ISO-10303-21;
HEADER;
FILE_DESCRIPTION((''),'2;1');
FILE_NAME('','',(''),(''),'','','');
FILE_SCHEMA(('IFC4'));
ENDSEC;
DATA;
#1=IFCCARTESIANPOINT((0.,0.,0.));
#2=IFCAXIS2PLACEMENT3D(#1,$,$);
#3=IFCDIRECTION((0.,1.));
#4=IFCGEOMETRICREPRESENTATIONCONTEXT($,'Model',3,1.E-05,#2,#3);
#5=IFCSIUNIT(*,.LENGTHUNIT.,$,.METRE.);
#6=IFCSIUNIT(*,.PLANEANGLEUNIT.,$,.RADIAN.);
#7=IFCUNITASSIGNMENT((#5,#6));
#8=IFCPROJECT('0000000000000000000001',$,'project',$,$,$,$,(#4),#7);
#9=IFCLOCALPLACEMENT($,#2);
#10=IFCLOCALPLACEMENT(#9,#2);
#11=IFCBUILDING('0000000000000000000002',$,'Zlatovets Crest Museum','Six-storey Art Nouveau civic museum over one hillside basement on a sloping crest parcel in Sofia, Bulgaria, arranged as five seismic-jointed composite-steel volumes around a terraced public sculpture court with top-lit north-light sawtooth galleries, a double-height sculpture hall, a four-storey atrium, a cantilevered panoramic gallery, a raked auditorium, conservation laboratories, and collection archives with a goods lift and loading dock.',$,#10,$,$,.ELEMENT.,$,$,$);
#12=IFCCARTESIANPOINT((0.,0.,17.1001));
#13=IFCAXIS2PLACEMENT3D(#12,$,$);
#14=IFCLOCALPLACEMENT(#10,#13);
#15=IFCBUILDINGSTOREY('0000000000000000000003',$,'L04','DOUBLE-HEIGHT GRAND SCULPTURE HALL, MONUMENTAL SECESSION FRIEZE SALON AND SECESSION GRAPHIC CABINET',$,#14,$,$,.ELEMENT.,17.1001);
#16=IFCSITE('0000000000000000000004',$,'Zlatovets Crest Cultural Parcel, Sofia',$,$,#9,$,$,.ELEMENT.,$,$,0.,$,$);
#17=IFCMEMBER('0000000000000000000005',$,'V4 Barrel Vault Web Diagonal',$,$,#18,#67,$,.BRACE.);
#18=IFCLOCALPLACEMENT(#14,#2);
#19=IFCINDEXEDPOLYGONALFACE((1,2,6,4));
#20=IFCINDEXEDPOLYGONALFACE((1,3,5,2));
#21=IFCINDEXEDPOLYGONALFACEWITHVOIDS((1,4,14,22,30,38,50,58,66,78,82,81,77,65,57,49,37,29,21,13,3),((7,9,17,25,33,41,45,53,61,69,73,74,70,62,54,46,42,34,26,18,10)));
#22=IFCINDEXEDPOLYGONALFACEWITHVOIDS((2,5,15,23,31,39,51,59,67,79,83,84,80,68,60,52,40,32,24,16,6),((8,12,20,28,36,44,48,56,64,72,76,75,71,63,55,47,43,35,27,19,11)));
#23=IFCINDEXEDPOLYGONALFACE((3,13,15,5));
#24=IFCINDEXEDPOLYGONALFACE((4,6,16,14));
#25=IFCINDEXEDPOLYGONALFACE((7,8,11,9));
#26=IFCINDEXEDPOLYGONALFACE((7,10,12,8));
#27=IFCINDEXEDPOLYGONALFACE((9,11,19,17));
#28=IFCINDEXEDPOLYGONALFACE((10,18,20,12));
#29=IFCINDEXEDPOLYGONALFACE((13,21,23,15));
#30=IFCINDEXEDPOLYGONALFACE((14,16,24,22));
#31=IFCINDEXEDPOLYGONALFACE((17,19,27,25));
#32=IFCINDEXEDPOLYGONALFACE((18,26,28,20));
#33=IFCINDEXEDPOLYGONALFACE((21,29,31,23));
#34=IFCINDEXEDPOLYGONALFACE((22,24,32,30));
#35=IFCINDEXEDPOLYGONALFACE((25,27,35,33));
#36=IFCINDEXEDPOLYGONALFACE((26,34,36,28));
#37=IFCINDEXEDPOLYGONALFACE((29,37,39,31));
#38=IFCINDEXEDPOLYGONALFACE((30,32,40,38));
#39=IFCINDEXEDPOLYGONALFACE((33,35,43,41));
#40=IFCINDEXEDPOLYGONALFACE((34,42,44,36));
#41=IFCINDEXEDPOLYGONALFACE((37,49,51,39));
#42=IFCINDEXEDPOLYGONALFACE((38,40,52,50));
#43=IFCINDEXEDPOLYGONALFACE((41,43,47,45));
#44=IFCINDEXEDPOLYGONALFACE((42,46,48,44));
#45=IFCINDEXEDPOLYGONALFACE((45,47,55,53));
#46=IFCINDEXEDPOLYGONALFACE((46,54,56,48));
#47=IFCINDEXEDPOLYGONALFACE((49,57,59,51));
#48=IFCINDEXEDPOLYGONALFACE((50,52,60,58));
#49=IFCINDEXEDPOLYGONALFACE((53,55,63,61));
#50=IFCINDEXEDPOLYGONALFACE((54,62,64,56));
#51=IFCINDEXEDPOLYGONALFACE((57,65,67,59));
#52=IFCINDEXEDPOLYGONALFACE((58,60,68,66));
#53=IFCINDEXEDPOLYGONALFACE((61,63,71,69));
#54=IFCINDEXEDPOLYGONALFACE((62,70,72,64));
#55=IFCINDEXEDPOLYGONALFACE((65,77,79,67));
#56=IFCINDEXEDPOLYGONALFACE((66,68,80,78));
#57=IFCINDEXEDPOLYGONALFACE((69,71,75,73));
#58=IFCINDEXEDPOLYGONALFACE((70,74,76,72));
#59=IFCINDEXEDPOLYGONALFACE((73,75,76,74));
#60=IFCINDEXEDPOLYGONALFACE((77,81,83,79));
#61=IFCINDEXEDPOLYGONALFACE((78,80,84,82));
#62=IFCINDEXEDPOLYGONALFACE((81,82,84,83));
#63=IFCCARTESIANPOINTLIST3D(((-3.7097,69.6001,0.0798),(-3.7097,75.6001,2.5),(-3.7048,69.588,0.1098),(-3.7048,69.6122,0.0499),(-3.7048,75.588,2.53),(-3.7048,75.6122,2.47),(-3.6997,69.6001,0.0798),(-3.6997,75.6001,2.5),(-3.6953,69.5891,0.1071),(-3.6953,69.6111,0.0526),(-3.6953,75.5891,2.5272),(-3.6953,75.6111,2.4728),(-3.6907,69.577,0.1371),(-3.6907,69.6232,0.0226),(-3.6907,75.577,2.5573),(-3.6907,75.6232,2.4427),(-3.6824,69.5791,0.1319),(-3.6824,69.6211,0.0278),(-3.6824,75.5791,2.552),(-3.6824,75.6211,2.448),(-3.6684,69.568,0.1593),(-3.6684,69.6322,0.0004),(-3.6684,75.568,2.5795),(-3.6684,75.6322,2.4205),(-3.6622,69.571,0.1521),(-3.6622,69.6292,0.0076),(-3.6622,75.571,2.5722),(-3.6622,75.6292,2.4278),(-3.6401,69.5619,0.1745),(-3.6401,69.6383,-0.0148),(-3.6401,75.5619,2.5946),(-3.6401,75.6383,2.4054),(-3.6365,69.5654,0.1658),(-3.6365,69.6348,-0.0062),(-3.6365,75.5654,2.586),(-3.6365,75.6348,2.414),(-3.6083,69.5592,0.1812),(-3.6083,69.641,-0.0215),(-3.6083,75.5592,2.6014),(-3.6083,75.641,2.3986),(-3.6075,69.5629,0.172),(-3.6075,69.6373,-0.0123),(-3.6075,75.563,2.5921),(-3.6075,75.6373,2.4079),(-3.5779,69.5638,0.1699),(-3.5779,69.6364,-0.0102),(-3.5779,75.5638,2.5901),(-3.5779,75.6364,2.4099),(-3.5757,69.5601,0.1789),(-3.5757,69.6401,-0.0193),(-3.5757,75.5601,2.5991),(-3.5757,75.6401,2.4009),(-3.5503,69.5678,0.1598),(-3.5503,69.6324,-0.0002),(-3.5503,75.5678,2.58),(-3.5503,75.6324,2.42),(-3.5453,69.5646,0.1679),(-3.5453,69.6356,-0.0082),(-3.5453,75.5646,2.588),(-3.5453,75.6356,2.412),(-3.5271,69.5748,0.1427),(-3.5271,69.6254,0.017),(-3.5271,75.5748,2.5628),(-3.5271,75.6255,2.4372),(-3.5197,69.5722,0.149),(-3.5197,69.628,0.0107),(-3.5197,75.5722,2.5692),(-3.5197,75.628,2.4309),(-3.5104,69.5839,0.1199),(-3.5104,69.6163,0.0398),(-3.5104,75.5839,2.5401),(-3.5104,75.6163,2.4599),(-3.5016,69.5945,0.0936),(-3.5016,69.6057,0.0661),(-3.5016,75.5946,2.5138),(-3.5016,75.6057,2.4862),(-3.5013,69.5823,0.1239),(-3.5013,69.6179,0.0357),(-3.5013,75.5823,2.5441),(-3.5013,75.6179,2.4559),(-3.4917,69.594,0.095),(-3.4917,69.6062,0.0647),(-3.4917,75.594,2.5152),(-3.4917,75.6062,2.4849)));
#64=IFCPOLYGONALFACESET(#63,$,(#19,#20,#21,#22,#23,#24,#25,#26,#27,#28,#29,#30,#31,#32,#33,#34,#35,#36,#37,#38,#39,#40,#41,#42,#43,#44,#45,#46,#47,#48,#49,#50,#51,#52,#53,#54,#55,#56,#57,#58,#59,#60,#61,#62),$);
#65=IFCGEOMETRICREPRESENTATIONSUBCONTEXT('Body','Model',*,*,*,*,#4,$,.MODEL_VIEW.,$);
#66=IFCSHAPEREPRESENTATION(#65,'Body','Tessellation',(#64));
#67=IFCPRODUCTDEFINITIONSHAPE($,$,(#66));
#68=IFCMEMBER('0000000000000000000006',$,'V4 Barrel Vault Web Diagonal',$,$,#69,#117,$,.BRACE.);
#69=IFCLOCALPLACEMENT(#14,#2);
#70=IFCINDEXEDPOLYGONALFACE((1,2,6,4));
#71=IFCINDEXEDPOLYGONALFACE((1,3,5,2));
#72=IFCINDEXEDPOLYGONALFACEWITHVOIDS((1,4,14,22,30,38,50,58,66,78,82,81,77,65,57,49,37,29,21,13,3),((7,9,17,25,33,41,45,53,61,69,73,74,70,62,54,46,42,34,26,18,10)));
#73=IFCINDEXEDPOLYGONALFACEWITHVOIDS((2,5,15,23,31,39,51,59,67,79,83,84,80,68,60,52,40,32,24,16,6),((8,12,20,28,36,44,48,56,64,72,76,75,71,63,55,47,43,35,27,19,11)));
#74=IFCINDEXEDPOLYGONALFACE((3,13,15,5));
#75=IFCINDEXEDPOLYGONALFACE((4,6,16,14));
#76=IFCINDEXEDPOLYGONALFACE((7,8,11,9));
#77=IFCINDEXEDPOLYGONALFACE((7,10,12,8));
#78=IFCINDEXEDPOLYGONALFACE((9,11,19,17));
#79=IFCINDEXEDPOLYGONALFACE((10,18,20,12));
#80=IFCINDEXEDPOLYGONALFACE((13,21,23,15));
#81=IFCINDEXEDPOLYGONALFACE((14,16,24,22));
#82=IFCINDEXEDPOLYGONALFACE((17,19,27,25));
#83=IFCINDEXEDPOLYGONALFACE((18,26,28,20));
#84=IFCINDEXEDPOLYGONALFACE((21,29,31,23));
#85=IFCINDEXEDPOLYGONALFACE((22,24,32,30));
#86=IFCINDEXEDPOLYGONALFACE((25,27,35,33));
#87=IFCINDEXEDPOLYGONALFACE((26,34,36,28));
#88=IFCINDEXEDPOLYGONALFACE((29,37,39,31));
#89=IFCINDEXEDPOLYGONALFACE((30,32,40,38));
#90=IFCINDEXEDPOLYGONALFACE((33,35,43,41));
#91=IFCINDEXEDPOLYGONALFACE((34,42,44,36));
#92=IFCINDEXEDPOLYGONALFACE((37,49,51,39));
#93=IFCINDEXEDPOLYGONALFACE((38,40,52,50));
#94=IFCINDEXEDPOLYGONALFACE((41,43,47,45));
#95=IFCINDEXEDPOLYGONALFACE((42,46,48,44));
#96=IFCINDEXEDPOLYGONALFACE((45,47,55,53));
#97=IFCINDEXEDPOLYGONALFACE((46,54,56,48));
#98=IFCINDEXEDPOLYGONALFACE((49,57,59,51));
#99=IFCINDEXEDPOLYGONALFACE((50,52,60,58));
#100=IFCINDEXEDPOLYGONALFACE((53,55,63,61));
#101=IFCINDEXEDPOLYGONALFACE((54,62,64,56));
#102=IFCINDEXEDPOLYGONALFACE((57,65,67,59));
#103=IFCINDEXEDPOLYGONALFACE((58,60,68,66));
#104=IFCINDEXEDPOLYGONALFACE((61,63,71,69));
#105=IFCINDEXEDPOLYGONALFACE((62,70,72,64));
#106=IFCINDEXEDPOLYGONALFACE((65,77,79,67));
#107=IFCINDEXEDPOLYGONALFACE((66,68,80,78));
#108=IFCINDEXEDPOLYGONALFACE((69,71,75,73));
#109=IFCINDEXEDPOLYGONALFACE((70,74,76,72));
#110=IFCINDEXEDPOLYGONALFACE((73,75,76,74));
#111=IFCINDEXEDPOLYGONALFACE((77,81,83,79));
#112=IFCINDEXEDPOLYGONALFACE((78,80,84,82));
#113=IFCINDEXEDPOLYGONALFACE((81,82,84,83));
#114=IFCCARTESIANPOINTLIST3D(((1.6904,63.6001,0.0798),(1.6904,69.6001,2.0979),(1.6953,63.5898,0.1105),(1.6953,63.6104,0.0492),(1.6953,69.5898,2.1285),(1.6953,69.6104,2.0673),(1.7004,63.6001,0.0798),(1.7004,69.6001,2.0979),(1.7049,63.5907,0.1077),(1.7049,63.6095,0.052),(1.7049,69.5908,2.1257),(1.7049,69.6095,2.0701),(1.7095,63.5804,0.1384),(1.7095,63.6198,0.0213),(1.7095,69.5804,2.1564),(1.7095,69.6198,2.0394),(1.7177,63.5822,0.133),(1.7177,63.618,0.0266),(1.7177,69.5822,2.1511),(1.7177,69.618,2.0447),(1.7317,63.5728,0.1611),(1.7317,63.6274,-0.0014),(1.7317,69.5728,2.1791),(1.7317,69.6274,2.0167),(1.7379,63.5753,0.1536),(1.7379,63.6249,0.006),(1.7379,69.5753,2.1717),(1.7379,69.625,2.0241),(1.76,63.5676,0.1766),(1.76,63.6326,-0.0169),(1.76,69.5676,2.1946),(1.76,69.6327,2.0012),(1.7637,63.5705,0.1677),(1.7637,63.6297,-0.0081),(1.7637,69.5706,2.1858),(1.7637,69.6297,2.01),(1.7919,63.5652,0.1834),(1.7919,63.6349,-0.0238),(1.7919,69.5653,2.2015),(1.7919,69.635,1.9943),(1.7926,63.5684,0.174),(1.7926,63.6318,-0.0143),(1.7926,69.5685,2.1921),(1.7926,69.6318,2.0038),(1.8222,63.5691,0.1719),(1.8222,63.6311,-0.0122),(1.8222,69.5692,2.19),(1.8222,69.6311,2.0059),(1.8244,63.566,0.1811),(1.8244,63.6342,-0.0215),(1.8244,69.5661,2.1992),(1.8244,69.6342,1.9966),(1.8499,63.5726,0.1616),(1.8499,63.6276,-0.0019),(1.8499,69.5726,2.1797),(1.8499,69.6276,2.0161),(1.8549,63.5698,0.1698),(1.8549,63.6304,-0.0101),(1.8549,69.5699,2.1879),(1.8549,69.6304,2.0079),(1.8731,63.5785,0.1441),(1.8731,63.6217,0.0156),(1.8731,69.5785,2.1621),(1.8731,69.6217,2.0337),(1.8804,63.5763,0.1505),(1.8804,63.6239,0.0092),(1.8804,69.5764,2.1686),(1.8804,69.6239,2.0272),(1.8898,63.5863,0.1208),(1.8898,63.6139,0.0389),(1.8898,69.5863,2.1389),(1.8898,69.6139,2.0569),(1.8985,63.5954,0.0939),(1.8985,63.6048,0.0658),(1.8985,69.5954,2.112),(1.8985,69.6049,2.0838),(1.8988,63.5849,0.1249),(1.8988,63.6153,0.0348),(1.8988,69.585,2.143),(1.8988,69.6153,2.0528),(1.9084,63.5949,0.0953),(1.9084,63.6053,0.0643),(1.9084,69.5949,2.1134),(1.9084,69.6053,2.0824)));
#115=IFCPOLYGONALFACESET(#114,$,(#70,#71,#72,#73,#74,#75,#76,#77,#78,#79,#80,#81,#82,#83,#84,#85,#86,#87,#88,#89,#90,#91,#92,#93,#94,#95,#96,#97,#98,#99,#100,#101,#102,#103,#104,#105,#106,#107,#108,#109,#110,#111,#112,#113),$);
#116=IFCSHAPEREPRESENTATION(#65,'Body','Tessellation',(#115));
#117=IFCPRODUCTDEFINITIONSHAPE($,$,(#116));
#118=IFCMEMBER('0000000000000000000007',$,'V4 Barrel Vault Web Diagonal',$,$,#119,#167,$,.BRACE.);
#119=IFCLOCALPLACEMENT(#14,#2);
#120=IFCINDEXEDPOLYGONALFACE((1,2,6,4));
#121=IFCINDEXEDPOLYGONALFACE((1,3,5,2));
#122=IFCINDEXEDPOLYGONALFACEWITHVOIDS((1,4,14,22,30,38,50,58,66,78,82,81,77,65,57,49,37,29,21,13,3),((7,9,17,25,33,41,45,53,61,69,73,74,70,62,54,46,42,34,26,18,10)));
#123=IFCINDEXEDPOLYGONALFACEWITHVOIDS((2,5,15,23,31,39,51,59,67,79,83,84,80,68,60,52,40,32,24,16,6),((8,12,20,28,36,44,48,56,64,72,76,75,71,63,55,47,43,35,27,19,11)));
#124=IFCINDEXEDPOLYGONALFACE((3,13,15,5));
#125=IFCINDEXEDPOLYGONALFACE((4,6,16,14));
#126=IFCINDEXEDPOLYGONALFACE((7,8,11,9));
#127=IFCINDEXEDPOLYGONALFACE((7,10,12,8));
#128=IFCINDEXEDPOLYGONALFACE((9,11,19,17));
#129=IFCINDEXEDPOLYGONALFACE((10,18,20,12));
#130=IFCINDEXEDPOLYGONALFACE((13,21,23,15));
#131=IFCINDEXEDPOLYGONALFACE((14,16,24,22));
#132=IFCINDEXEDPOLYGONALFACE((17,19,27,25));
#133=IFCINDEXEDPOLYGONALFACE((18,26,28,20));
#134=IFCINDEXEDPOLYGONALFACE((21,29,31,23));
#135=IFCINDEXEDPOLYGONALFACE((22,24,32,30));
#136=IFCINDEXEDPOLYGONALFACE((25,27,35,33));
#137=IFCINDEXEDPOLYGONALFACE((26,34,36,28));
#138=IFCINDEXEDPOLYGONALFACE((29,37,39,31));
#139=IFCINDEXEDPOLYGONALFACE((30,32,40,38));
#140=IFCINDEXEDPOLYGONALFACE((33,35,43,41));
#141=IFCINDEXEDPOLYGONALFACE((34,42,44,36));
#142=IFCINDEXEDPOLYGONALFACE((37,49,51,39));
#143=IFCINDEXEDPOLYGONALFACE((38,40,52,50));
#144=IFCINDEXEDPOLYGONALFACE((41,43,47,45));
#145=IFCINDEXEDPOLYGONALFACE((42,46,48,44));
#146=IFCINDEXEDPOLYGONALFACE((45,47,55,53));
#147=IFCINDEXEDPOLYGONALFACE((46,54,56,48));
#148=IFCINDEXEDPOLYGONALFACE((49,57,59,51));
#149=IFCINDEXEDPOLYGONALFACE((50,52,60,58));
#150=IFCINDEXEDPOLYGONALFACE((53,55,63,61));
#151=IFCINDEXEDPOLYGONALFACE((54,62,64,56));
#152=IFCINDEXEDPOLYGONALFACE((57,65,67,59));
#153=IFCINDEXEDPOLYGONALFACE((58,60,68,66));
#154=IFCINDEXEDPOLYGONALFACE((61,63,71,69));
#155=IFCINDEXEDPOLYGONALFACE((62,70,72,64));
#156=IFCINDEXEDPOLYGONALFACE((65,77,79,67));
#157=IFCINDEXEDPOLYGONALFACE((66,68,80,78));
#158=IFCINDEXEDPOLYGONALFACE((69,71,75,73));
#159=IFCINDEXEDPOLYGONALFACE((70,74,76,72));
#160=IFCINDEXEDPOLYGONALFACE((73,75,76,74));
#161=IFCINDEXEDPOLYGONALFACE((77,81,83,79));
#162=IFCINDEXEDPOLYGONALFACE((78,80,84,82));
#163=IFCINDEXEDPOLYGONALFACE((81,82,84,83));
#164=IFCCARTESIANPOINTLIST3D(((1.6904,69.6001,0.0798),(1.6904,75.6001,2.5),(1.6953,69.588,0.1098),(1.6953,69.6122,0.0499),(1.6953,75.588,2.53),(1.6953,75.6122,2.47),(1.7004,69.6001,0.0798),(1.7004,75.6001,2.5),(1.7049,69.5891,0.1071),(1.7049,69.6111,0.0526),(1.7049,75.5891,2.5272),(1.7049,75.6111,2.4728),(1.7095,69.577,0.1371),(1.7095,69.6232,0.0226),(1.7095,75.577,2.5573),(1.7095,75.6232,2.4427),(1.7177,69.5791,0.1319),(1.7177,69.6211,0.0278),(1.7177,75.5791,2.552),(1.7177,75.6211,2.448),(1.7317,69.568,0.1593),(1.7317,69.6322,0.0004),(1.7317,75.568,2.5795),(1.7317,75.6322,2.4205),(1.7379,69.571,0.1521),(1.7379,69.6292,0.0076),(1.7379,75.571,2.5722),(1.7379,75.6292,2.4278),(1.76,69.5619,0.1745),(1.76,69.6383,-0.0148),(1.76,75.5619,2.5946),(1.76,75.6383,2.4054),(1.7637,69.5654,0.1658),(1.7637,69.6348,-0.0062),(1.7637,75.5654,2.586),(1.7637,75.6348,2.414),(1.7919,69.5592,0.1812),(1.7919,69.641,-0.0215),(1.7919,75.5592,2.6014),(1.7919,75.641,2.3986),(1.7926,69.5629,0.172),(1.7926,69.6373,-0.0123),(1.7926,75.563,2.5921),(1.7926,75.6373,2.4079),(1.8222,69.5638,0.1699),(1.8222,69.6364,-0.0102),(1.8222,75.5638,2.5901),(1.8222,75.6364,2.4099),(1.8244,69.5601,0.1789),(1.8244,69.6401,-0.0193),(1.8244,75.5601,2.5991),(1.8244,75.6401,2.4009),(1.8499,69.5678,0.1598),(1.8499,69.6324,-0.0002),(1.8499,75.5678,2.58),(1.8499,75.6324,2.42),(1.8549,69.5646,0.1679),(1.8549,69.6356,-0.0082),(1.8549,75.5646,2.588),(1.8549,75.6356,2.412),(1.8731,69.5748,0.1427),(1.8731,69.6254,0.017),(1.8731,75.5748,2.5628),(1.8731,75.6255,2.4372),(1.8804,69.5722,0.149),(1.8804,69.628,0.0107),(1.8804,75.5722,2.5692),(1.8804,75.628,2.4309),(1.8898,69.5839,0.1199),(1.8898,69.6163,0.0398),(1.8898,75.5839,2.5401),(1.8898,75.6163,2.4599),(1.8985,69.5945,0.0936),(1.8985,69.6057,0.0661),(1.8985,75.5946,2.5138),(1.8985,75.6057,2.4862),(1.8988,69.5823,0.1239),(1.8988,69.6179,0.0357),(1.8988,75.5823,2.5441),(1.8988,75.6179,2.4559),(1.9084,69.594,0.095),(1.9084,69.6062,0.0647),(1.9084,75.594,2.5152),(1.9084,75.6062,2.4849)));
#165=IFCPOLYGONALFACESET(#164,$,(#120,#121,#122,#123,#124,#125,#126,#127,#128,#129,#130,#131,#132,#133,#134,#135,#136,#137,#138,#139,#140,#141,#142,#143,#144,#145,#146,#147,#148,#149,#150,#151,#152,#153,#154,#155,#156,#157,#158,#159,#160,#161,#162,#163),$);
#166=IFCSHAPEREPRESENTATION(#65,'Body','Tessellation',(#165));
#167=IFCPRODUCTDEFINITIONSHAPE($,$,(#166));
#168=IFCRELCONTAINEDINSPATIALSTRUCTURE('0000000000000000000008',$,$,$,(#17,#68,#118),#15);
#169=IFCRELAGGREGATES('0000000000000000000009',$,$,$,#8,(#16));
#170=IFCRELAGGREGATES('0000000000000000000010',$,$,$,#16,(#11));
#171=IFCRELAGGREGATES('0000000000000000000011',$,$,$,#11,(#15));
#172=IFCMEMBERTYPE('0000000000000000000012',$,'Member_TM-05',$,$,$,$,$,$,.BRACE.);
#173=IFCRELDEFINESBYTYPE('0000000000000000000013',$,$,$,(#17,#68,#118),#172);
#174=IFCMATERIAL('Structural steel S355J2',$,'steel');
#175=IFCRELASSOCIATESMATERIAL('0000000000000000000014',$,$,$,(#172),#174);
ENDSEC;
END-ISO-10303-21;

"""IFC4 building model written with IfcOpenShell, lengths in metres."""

from ifc_helpers import new_model, si_unit, direction, frame, origin, origin_2d, place, context, subcontext, project, spatial, hollow_circle, extrude, material, material_profile, profile_set, type_object, element, save


model = new_model("IFC4")

# Units and contexts
model_context = context("Model", 3, precision=1e-05, world=origin(), true_north=direction((0.0, 1.0)))
body_context = subcontext(model_context, "Body", "Model", "MODEL_VIEW")
ifc_project = project(units=[si_unit("LENGTHUNIT", "METRE"), si_unit("PLANEANGLEUNIT", "RADIAN")], contexts=[model_context])

# Site, building, storey
site_placement = place(None, origin())
site = spatial("IfcSite", under=ifc_project, at=site_placement, Name="Zlatovets Crest Cultural Parcel, Sofia", CompositionType="ELEMENT", RefElevation=0.0)
building_placement = place(site_placement, origin())
building = spatial("IfcBuilding", under=site, at=building_placement, Name="Zlatovets Crest Museum", Description="Six-storey Art Nouveau civic museum over one hillside basement on a sloping crest parcel in Sofia, Bulgaria, arranged as five seismic-jointed composite-steel volumes around a terraced public sculpture court with top-lit north-light sawtooth galleries, a double-height sculpture hall, a four-storey atrium, a cantilevered panoramic gallery, a raked auditorium, conservation laboratories, and collection archives with a goods lift and loading dock.", CompositionType="ELEMENT")
storey_placement = place(building_placement, frame((0.0, 0.0, 17.1001)))
storey = spatial("IfcBuildingStorey", under=building, at=storey_placement, Name="L04", Description="DOUBLE-HEIGHT GRAND SCULPTURE HALL, MONUMENTAL SECESSION FRIEZE SALON AND SECESSION GRAPHIC CABINET", CompositionType="ELEMENT", Elevation=17.1001)

# Shared definitions
ifc_material_1 = material(Name="Structural steel S355J2", Category="steel")

# Members
ifc_material_profile_1 = material_profile(ifc_material_1, hollow_circle(Radius=0.1096, WallThickness=0.01, at=origin_2d()), Name="CHS 219.1x10.0")
ifc_profile_set_1 = profile_set([ifc_material_profile_1], Name="Structural steel S355J2")
member_type_1 = type_object("IfcMemberType", Name="Member_TM-05", PredefinedType="BRACE", material=ifc_profile_set_1)
member_1_placement = place(storey_placement, frame((-3.6001, 69.6001, 0.0798), z_axis=(0.0, 0.927398, 0.374076), x_axis=(-1.0, 0.0, 0.0)))
element("IfcMember", 1, at=member_1_placement, inside=storey, type_object=member_type_1, Name="V4 Barrel Vault Web Diagonal", PredefinedType="BRACE", context=body_context, shape_type="SweptSolid", body=[
    extrude(hollow_circle(Radius=0.1096, WallThickness=0.01, at=origin_2d()), origin(), (0.0, 0.0, 1.0), 6.4697),
])
member_2_placement = place(storey_placement, frame((1.8, 63.6001, 0.0798), z_axis=(0.0, 0.947824, 0.318795), x_axis=(-1.0, 0.0, 0.0)))
element("IfcMember", 2, at=member_2_placement, inside=storey, type_object=member_type_1, Name="V4 Barrel Vault Web Diagonal", PredefinedType="BRACE", context=body_context, shape_type="SweptSolid", body=[
    extrude(hollow_circle(Radius=0.1096, WallThickness=0.01, at=origin_2d()), origin(), (0.0, 0.0, 1.0), 6.3303),
])
member_3_placement = place(storey_placement, frame((1.8, 69.6001, 0.0798), z_axis=(0.0, 0.927398, 0.374076), x_axis=(-1.0, 0.0, 0.0)))
element("IfcMember", 3, at=member_3_placement, inside=storey, type_object=member_type_1, Name="V4 Barrel Vault Web Diagonal", PredefinedType="BRACE", context=body_context, shape_type="SweptSolid", body=[
    extrude(hollow_circle(Radius=0.1096, WallThickness=0.01, at=origin_2d()), origin(), (0.0, 0.0, 1.0), 6.4697),
])

save(model, "model.ifc")
